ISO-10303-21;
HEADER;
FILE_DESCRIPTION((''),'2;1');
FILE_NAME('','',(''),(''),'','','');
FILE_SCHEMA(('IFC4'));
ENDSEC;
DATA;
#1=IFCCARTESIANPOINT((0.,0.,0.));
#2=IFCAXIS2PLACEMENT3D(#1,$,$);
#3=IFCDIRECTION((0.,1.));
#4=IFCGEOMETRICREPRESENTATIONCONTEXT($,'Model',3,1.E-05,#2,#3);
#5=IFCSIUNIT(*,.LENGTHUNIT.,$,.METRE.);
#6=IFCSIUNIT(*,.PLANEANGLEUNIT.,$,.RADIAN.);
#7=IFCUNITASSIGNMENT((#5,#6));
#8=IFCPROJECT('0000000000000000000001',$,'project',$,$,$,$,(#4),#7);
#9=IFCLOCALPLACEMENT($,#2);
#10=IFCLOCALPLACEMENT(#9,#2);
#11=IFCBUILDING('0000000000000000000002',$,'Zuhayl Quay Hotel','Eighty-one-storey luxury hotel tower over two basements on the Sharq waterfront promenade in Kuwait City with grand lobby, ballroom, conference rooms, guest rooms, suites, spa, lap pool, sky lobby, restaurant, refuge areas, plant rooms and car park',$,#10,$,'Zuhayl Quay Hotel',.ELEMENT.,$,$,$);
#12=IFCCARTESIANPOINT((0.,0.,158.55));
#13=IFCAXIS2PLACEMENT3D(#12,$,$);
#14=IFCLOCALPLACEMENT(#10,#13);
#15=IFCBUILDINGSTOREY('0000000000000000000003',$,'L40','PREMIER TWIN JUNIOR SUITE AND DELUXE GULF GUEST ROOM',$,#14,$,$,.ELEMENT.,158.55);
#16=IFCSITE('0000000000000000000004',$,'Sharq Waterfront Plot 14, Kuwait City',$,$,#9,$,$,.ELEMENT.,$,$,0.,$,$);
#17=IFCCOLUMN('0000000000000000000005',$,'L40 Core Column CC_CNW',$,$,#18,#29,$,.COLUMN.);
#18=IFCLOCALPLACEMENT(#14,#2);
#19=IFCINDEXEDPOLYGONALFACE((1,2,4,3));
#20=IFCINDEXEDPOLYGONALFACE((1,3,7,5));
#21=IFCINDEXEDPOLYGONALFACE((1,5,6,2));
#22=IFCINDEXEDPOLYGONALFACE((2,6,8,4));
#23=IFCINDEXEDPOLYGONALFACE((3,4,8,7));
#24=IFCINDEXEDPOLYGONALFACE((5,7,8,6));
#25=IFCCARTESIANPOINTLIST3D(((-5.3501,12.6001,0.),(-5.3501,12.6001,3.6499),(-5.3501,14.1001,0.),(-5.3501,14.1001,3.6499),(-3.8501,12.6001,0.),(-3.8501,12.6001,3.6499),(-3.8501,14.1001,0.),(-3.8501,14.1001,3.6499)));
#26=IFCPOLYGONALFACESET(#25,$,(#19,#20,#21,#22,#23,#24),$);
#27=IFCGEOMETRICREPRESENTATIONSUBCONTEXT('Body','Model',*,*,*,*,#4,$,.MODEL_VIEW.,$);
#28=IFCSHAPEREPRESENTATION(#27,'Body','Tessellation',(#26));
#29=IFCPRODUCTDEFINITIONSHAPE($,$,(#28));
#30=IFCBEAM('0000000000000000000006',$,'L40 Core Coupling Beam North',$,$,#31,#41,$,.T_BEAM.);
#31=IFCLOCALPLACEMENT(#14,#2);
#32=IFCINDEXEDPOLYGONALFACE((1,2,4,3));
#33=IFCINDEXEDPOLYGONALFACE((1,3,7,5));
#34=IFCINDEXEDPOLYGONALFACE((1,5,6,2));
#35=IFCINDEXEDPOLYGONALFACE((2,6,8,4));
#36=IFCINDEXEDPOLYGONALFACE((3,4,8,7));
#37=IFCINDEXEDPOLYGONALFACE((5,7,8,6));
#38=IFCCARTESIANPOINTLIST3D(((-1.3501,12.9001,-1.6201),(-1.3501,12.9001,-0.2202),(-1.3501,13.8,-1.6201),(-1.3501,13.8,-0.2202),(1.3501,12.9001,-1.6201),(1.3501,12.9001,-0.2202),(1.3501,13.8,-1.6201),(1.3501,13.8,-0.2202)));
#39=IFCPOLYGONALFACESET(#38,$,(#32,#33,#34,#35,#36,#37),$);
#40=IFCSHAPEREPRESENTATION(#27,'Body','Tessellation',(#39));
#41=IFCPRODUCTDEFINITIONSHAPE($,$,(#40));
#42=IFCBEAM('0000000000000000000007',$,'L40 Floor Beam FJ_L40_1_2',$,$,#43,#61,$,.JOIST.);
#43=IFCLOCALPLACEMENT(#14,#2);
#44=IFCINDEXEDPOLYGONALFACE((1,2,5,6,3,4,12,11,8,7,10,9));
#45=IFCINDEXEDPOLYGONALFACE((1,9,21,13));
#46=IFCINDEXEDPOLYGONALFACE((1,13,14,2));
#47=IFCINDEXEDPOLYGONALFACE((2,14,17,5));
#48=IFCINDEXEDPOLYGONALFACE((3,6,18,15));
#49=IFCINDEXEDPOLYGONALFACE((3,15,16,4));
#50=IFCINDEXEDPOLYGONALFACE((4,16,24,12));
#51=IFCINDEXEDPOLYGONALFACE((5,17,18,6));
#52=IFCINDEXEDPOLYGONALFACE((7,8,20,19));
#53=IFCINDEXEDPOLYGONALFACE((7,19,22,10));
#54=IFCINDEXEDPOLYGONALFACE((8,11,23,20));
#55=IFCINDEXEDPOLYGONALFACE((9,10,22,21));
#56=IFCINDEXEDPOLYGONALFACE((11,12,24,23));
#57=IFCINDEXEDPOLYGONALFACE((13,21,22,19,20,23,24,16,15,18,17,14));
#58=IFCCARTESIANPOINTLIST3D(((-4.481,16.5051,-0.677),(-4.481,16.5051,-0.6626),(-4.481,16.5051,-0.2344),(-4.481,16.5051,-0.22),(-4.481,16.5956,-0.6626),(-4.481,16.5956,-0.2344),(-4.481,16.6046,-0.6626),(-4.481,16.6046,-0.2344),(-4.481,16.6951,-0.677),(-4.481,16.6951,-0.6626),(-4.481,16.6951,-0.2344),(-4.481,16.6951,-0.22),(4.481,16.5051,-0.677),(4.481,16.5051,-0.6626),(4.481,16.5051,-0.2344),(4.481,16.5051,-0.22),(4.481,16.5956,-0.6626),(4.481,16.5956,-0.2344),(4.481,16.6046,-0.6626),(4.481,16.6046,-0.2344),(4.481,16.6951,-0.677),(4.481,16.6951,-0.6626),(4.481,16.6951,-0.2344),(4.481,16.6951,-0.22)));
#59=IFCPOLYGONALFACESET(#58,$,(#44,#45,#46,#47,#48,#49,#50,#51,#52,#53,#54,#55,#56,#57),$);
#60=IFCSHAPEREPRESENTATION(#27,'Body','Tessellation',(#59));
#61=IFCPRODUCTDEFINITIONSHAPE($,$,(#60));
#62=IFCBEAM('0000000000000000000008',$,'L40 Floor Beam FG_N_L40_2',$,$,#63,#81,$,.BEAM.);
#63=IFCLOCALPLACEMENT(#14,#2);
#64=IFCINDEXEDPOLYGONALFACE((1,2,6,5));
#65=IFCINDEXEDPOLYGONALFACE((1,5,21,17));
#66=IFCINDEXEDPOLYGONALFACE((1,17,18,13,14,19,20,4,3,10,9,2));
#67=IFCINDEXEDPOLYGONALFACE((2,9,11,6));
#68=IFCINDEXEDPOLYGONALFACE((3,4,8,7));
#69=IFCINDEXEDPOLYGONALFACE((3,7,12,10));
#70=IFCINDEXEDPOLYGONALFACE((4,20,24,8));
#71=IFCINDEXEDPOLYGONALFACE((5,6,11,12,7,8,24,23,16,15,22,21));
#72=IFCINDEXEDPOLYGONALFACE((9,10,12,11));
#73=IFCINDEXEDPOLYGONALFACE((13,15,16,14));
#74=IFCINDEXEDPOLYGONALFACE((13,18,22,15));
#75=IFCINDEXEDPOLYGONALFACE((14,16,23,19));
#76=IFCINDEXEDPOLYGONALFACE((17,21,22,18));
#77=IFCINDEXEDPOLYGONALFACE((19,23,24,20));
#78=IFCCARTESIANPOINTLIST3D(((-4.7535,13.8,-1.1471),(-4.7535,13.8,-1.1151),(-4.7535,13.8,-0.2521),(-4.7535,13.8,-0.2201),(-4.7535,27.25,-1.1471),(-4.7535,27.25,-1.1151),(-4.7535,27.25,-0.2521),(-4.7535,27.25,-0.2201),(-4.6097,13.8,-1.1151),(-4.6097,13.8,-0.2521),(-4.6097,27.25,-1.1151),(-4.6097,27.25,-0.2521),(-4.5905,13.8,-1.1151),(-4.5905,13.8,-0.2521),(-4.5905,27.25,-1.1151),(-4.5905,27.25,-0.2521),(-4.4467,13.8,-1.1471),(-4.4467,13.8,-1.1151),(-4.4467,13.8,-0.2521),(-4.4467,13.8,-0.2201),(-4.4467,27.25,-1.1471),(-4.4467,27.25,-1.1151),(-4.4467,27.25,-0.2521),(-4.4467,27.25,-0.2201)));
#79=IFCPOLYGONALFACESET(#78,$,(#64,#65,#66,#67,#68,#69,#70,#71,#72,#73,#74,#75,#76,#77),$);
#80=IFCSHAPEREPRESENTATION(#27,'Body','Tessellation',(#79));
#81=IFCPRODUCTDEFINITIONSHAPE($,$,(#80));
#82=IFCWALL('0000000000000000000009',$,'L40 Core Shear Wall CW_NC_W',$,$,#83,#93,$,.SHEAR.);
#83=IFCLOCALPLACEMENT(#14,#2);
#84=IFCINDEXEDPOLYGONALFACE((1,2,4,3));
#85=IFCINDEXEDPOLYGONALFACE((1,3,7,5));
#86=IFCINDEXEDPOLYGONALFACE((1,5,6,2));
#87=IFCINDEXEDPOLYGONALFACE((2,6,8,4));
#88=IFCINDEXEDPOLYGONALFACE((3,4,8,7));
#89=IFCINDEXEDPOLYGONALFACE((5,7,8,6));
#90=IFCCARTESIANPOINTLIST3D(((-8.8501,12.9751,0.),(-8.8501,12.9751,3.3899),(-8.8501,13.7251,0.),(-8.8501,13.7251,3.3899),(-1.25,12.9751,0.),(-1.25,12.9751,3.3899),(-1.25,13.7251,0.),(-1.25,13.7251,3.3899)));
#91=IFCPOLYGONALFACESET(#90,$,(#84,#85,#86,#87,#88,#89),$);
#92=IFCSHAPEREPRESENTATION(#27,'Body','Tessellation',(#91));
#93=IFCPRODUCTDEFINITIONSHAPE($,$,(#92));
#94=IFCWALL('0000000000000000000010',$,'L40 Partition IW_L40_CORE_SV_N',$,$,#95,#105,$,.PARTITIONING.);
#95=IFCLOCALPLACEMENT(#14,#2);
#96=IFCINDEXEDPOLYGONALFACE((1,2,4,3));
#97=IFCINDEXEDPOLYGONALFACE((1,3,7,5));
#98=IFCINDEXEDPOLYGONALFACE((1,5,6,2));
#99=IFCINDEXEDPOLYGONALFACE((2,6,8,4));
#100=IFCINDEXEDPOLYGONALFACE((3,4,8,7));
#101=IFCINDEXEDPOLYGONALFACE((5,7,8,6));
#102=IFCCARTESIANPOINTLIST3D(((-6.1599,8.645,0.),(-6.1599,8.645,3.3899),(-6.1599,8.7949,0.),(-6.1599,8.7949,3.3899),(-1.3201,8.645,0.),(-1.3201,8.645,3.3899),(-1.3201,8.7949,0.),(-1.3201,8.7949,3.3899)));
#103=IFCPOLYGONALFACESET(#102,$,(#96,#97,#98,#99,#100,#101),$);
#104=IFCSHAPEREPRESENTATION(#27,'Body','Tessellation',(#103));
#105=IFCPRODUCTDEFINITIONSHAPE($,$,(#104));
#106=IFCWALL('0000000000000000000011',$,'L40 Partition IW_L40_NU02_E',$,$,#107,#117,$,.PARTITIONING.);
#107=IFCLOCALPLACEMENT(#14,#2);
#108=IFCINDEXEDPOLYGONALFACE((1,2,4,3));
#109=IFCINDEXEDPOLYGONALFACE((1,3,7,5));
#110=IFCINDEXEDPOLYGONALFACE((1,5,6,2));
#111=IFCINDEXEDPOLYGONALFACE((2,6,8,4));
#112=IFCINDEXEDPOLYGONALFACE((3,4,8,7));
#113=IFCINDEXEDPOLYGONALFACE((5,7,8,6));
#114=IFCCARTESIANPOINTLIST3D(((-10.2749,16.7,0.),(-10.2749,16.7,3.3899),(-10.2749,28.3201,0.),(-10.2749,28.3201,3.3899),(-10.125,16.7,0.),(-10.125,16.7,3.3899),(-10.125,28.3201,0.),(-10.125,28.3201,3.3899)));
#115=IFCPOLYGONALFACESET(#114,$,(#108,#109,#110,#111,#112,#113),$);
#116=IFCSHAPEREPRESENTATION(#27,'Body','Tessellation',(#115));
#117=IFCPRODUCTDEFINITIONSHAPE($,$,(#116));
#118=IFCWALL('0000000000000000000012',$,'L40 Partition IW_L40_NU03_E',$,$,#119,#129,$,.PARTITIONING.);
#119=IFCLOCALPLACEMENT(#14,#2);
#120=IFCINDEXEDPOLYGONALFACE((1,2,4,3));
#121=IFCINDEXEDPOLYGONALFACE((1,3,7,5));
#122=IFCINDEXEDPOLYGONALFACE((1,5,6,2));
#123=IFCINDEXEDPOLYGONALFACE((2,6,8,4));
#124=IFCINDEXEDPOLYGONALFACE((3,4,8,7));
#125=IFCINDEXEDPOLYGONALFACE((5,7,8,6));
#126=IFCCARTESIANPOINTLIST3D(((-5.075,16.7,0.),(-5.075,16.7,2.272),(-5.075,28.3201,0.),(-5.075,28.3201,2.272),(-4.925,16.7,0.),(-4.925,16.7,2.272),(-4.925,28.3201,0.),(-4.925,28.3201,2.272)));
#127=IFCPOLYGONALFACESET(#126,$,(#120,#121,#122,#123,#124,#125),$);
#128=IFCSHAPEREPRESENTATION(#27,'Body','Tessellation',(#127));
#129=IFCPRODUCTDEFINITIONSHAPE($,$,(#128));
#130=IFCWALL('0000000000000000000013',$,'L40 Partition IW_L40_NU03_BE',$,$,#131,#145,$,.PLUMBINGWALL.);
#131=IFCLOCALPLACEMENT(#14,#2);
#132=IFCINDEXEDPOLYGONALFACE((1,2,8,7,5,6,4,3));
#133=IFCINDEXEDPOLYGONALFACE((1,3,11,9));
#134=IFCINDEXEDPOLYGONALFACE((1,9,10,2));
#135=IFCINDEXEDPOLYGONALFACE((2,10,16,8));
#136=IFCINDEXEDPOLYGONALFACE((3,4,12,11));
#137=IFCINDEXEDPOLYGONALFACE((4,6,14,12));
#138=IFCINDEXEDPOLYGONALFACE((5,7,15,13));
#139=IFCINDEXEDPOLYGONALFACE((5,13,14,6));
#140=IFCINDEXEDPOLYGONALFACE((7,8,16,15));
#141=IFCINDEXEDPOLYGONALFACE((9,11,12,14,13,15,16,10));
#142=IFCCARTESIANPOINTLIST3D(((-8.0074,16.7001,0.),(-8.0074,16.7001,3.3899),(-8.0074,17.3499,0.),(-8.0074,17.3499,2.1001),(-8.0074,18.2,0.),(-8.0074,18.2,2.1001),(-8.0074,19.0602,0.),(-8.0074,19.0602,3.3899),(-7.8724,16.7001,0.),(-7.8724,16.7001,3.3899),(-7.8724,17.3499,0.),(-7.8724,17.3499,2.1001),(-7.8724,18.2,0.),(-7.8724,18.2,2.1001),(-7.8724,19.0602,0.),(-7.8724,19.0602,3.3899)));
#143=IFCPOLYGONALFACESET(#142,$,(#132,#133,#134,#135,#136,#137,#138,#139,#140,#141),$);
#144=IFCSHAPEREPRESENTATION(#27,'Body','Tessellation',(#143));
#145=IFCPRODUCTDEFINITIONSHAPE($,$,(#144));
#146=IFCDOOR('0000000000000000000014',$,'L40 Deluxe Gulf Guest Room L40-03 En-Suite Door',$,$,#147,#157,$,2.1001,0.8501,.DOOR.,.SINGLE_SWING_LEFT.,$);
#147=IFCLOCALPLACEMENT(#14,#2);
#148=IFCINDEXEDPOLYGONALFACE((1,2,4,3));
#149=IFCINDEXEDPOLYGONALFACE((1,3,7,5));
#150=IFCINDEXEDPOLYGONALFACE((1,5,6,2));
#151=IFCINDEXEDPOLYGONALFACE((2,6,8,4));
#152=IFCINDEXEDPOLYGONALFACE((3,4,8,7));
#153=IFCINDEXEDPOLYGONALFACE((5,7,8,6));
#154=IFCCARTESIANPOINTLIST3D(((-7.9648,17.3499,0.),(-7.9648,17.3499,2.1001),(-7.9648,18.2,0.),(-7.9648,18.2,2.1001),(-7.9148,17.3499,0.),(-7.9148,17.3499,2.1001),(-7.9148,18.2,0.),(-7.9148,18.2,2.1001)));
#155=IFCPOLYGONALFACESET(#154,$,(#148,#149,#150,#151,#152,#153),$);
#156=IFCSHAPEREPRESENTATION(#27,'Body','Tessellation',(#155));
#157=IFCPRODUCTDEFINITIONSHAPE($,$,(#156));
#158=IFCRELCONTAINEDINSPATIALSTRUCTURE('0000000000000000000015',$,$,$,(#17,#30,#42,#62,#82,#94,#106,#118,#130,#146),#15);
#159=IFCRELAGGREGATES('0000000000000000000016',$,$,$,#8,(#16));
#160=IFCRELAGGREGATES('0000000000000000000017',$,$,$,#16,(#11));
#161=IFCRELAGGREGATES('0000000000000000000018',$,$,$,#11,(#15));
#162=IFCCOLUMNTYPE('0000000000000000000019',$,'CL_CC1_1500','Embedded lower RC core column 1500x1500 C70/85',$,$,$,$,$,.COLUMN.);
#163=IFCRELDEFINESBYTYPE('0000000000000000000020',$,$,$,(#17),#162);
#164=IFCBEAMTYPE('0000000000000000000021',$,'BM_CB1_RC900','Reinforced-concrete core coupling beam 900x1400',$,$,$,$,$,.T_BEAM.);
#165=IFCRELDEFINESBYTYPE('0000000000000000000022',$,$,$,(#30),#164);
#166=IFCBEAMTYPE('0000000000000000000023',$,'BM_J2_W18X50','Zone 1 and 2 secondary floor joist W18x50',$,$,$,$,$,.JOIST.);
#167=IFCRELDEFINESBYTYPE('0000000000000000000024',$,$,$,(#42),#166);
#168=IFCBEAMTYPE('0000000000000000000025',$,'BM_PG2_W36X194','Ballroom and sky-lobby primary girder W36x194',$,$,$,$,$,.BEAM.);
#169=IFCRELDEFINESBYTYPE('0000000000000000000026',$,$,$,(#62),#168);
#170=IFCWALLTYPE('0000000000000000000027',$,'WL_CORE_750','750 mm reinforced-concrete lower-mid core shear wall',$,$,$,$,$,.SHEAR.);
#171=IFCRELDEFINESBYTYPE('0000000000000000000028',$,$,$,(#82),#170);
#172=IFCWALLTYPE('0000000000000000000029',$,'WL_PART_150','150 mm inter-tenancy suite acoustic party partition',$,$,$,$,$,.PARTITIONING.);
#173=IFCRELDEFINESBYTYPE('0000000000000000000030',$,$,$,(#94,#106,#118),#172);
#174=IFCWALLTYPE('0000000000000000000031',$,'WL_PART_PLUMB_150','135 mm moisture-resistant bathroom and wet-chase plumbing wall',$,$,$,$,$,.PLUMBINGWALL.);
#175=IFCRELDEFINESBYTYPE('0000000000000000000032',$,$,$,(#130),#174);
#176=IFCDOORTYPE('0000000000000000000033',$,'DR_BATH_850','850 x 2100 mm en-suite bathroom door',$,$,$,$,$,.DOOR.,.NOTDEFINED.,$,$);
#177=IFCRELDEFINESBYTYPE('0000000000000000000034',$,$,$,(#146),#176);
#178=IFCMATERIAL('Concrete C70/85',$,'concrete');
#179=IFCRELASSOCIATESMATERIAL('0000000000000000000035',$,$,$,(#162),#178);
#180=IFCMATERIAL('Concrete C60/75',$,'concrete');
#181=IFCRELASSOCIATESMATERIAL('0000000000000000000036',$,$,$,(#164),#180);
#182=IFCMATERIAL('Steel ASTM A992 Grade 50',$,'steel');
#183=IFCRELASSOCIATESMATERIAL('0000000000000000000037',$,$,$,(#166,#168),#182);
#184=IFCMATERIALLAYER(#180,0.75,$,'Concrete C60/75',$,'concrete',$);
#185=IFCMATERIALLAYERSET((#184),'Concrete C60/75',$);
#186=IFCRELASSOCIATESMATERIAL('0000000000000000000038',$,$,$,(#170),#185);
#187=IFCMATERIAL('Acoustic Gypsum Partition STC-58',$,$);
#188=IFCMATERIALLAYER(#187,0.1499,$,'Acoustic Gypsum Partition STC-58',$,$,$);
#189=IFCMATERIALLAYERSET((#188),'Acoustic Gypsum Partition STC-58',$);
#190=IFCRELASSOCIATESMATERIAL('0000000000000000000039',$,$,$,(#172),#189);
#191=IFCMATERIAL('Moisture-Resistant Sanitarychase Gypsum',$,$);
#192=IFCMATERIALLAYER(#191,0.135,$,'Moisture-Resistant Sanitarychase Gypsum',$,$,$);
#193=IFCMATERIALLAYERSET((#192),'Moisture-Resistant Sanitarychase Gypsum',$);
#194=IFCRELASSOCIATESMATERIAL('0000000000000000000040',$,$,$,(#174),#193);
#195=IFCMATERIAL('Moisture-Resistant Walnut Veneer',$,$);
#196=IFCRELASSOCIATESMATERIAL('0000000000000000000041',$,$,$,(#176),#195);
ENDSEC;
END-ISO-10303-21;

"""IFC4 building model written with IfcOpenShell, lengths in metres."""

from ifc_helpers import new_model, si_unit, direction, frame, frame_2d, origin, origin_2d, place, context, subcontext, project, spatial, rectangle, i_section, extrude, material, layer, layer_set, material_profile, profile_set, type_object, element, fill, save


model = new_model("IFC4")

# Units and contexts
model_context = context("Model", 3, precision=1e-05, world=origin(), true_north=direction((0.0, 1.0)))
body_context = subcontext(model_context, "Body", "Model", "MODEL_VIEW")
ifc_project = project(units=[si_unit("LENGTHUNIT", "METRE"), si_unit("PLANEANGLEUNIT", "RADIAN")], contexts=[model_context])

# Site, building, storey
site_placement = place(None, origin())
site = spatial("IfcSite", under=ifc_project, at=site_placement, Name="Sharq Waterfront Plot 14, Kuwait City", CompositionType="ELEMENT", RefElevation=0.0)
building_placement = place(site_placement, origin())
building = spatial("IfcBuilding", under=site, at=building_placement, Name="Zuhayl Quay Hotel", Description="Eighty-one-storey luxury hotel tower over two basements on the Sharq waterfront promenade in Kuwait City with grand lobby, ballroom, conference rooms, guest rooms, suites, spa, lap pool, sky lobby, restaurant, refuge areas, plant rooms and car park", LongName="Zuhayl Quay Hotel", CompositionType="ELEMENT")
storey_placement = place(building_placement, frame((0.0, 0.0, 158.55)))
storey = spatial("IfcBuildingStorey", under=building, at=storey_placement, Name="L40", Description="PREMIER TWIN JUNIOR SUITE AND DELUXE GULF GUEST ROOM", CompositionType="ELEMENT", Elevation=158.55)

# Column
ifc_material_1 = material(Name="Concrete C70/85", Category="concrete")
ifc_material_profile_1 = material_profile(ifc_material_1, rectangle(XDim=1.5, YDim=1.5, at=origin_2d()), Name="RC1500X1500")
ifc_profile_set_1 = profile_set([ifc_material_profile_1], Name="Concrete C70/85")
column_type = type_object("IfcColumnType", Name="CL_CC1_1500", Description="Embedded lower RC core column 1500x1500 C70/85", PredefinedType="COLUMN", material=ifc_profile_set_1)
column_placement = place(storey_placement, frame((-4.6001, 13.3501, 0.0), z_axis=(0.0, 0.0, 1.0), x_axis=(1.0, 0.0, 0.0)))
element("IfcColumn", 1, at=column_placement, inside=storey, type_object=column_type, Name="L40 Core Column CC_CNW", PredefinedType="COLUMN", context=body_context, shape_type="SweptSolid", body=[
    extrude(rectangle(XDim=1.5, YDim=1.5, at=origin_2d()), origin(), (0.0, 0.0, 1.0), 3.6499),
])

# Beams
ifc_material_2 = material(Name="Concrete C60/75", Category="concrete")
ifc_material_profile_2 = material_profile(ifc_material_2, rectangle(XDim=0.8999, YDim=1.3999, at=origin_2d()), Name="RC900X1400")
ifc_profile_set_2 = profile_set([ifc_material_profile_2], Name="Concrete C60/75")
beam_type_1 = type_object("IfcBeamType", Name="BM_CB1_RC900", Description="Reinforced-concrete core coupling beam 900x1400", PredefinedType="T_BEAM", material=ifc_profile_set_2)
beam_1_placement = place(storey_placement, frame((-1.3501, 13.3501, -0.9202), z_axis=(1.0, 0.0, 0.0), x_axis=(0.0, 1.0, 0.0)))
element("IfcBeam", 2, at=beam_1_placement, inside=storey, type_object=beam_type_1, Name="L40 Core Coupling Beam North", PredefinedType="T_BEAM", context=body_context, shape_type="SweptSolid", body=[
    extrude(rectangle(XDim=0.8999, YDim=1.3999, at=origin_2d()), origin(), (0.0, 0.0, 1.0), 2.7002),
])
ifc_material_3 = material(Name="Steel ASTM A992 Grade 50", Category="steel")
ifc_material_profile_3 = material_profile(ifc_material_3, i_section(OverallWidth=0.1899, OverallDepth=0.457, WebThickness=0.009, FlangeThickness=0.0144, at=origin_2d()), Name="W18X50")
ifc_profile_set_3 = profile_set([ifc_material_profile_3], Name="Steel ASTM A992 Grade 50")
beam_type_2 = type_object("IfcBeamType", Name="BM_J2_W18X50", Description="Zone 1 and 2 secondary floor joist W18x50", PredefinedType="JOIST", material=ifc_profile_set_3)
beam_2_placement = place(storey_placement, frame((-4.481, 16.6001, -0.4485), z_axis=(1.0, 0.0, 0.0), x_axis=(0.0, 1.0, 0.0)))
element("IfcBeam", 3, at=beam_2_placement, inside=storey, type_object=beam_type_2, Name="L40 Floor Beam FJ_L40_1_2", PredefinedType="JOIST", context=body_context, shape_type="SweptSolid", body=[
    extrude(i_section(OverallWidth=0.1899, OverallDepth=0.457, WebThickness=0.009, FlangeThickness=0.0144, at=origin_2d()), origin(), (0.0, 0.0, 1.0), 8.9619),
])
ifc_material_profile_4 = material_profile(ifc_material_3, i_section(OverallWidth=0.3069, OverallDepth=0.927, WebThickness=0.0193, FlangeThickness=0.032, at=origin_2d()), Name="W36X194")
ifc_profile_set_4 = profile_set([ifc_material_profile_4], Name="Steel ASTM A992 Grade 50")
beam_type_3 = type_object("IfcBeamType", Name="BM_PG2_W36X194", Description="Ballroom and sky-lobby primary girder W36x194", PredefinedType="BEAM", material=ifc_profile_set_4)
beam_3_placement = place(storey_placement, frame((-4.6001, 13.8, -0.6836), z_axis=(0.0, 1.0, 0.0), x_axis=(-1.0, 0.0, 0.0)))
element("IfcBeam", 4, at=beam_3_placement, inside=storey, type_object=beam_type_3, Name="L40 Floor Beam FG_N_L40_2", PredefinedType="BEAM", context=body_context, shape_type="SweptSolid", body=[
    extrude(i_section(OverallWidth=0.3069, OverallDepth=0.927, WebThickness=0.0193, FlangeThickness=0.032, at=origin_2d()), origin(), (0.0, 0.0, 1.0), 13.45),
])

# Walls
ifc_layer_1 = layer(ifc_material_2, 0.75, Name="Concrete C60/75", Category="concrete")
ifc_layer_set_1 = layer_set([ifc_layer_1], Name="Concrete C60/75")
wall_type_1 = type_object("IfcWallType", Name="WL_CORE_750", Description="750 mm reinforced-concrete lower-mid core shear wall", PredefinedType="SHEAR", material=ifc_layer_set_1)
wall_1_placement = place(storey_placement, frame((-8.8501, 13.3501, 0.0), z_axis=(0.0, 0.0, 1.0), x_axis=(1.0, 0.0, 0.0)))
element("IfcWall", 5, at=wall_1_placement, inside=storey, type_object=wall_type_1, Name="L40 Core Shear Wall CW_NC_W", PredefinedType="SHEAR", context=body_context, shape_type="SweptSolid", body=[
    extrude(rectangle(XDim=7.6001, YDim=0.75, at=frame_2d((3.8, 0.0))), origin(), (0.0, 0.0, 1.0), 3.3899),
])
ifc_material_4 = material(Name="Acoustic Gypsum Partition STC-58")
ifc_layer_2 = layer(ifc_material_4, 0.1499, Name="Acoustic Gypsum Partition STC-58")
ifc_layer_set_2 = layer_set([ifc_layer_2], Name="Acoustic Gypsum Partition STC-58")
wall_type_2 = type_object("IfcWallType", Name="WL_PART_150", Description="150 mm inter-tenancy suite acoustic party partition", PredefinedType="PARTITIONING", material=ifc_layer_set_2)
wall_2_placement = place(storey_placement, frame((-6.1599, 8.72, 0.0), z_axis=(0.0, 0.0, 1.0), x_axis=(1.0, 0.0, 0.0)))
element("IfcWall", 6, at=wall_2_placement, inside=storey, type_object=wall_type_2, Name="L40 Partition IW_L40_CORE_SV_N", PredefinedType="PARTITIONING", context=body_context, shape_type="SweptSolid", body=[
    extrude(rectangle(XDim=4.8398, YDim=0.1499, at=frame_2d((2.4199, 0.0))), origin(), (0.0, 0.0, 1.0), 3.3899),
])
wall_3_placement = place(storey_placement, frame((-10.2, 16.7, 0.0), z_axis=(0.0, 0.0, 1.0), x_axis=(0.0, 1.0, 0.0)))
element("IfcWall", 7, at=wall_3_placement, inside=storey, type_object=wall_type_2, Name="L40 Partition IW_L40_NU02_E", PredefinedType="PARTITIONING", context=body_context, shape_type="SweptSolid", body=[
    extrude(rectangle(XDim=11.6201, YDim=0.1499, at=frame_2d((5.8101, 0.0))), origin(), (0.0, 0.0, 1.0), 3.3899),
])
wall_4_placement = place(storey_placement, frame((-5.0, 16.7, 0.0), z_axis=(0.0, 0.0, 1.0), x_axis=(0.0, 1.0, 0.0)))
element("IfcWall", 8, at=wall_4_placement, inside=storey, type_object=wall_type_2, Name="L40 Partition IW_L40_NU03_E", PredefinedType="PARTITIONING", context=body_context, shape_type="SweptSolid", body=[
    extrude(rectangle(XDim=11.6201, YDim=0.1499, at=frame_2d((5.8101, 0.0))), origin(), (0.0, 0.0, 1.0), 2.272),
])

# Wall, opening, door
ifc_material_5 = material(Name="Moisture-Resistant Sanitarychase Gypsum")
ifc_layer_3 = layer(ifc_material_5, 0.135, Name="Moisture-Resistant Sanitarychase Gypsum")
ifc_layer_set_3 = layer_set([ifc_layer_3], Name="Moisture-Resistant Sanitarychase Gypsum")
wall_type_3 = type_object("IfcWallType", Name="WL_PART_PLUMB_150", Description="135 mm moisture-resistant bathroom and wet-chase plumbing wall", PredefinedType="PLUMBINGWALL", material=ifc_layer_set_3)
wall_5_placement = place(storey_placement, frame((-7.9399, 16.7, 0.0), z_axis=(0.0, 0.0, 1.0), x_axis=(0.0, 1.0, 0.0)))
wall_5 = element("IfcWall", 9, at=wall_5_placement, inside=storey, type_object=wall_type_3, Name="L40 Partition IW_L40_NU03_BE", PredefinedType="PLUMBINGWALL", context=body_context, shape_type="SweptSolid", body=[
    extrude(rectangle(XDim=2.3601, YDim=0.135, at=frame_2d((1.1802, 0.0))), origin(), (0.0, 0.0, 1.0), 3.3899),
])
opening_1_placement = place(wall_5_placement, frame((0.6499, 0.0, 0.0)))
opening_1 = element("IfcOpeningElement", 10, at=opening_1_placement, cuts=wall_5, PredefinedType="OPENING", context=body_context, shape_type="SweptSolid", body=[
    extrude(rectangle(XDim=0.8501, YDim=2.1001, at=frame_2d((0.425, 1.05))), frame((0.0, 0.0774, 0.0), z_axis=(0.0, -1.0, 0.0), x_axis=(1.0, 0.0, 0.0)), (0.0, 0.0, 1.0), 0.155),
])
ifc_material_6 = material(Name="Moisture-Resistant Walnut Veneer")
door_type_1 = type_object("IfcDoorType", Name="DR_BATH_850", Description="850 x 2100 mm en-suite bathroom door", OperationType="NOTDEFINED", PredefinedType="DOOR", material=ifc_material_6)
door_1_placement = place(opening_1_placement, origin())
door_1 = element("IfcDoor", 11, at=door_1_placement, inside=storey, type_object=door_type_1, Name="L40 Deluxe Gulf Guest Room L40-03 En-Suite Door", OperationType="SINGLE_SWING_LEFT", OverallHeight=2.1001, OverallWidth=0.8501, PredefinedType="DOOR", context=body_context, shape_type="SweptSolid", body=[
    extrude(rectangle(XDim=0.8501, YDim=2.1001, at=frame_2d((0.425, 1.05))), frame((0.0, 0.0249, 0.0), z_axis=(0.0, -1.0, 0.0), x_axis=(1.0, 0.0, 0.0)), (0.0, 0.0, 1.0), 0.05),
])
fill(opening_1, door_1)

save(model, "model.ifc")
